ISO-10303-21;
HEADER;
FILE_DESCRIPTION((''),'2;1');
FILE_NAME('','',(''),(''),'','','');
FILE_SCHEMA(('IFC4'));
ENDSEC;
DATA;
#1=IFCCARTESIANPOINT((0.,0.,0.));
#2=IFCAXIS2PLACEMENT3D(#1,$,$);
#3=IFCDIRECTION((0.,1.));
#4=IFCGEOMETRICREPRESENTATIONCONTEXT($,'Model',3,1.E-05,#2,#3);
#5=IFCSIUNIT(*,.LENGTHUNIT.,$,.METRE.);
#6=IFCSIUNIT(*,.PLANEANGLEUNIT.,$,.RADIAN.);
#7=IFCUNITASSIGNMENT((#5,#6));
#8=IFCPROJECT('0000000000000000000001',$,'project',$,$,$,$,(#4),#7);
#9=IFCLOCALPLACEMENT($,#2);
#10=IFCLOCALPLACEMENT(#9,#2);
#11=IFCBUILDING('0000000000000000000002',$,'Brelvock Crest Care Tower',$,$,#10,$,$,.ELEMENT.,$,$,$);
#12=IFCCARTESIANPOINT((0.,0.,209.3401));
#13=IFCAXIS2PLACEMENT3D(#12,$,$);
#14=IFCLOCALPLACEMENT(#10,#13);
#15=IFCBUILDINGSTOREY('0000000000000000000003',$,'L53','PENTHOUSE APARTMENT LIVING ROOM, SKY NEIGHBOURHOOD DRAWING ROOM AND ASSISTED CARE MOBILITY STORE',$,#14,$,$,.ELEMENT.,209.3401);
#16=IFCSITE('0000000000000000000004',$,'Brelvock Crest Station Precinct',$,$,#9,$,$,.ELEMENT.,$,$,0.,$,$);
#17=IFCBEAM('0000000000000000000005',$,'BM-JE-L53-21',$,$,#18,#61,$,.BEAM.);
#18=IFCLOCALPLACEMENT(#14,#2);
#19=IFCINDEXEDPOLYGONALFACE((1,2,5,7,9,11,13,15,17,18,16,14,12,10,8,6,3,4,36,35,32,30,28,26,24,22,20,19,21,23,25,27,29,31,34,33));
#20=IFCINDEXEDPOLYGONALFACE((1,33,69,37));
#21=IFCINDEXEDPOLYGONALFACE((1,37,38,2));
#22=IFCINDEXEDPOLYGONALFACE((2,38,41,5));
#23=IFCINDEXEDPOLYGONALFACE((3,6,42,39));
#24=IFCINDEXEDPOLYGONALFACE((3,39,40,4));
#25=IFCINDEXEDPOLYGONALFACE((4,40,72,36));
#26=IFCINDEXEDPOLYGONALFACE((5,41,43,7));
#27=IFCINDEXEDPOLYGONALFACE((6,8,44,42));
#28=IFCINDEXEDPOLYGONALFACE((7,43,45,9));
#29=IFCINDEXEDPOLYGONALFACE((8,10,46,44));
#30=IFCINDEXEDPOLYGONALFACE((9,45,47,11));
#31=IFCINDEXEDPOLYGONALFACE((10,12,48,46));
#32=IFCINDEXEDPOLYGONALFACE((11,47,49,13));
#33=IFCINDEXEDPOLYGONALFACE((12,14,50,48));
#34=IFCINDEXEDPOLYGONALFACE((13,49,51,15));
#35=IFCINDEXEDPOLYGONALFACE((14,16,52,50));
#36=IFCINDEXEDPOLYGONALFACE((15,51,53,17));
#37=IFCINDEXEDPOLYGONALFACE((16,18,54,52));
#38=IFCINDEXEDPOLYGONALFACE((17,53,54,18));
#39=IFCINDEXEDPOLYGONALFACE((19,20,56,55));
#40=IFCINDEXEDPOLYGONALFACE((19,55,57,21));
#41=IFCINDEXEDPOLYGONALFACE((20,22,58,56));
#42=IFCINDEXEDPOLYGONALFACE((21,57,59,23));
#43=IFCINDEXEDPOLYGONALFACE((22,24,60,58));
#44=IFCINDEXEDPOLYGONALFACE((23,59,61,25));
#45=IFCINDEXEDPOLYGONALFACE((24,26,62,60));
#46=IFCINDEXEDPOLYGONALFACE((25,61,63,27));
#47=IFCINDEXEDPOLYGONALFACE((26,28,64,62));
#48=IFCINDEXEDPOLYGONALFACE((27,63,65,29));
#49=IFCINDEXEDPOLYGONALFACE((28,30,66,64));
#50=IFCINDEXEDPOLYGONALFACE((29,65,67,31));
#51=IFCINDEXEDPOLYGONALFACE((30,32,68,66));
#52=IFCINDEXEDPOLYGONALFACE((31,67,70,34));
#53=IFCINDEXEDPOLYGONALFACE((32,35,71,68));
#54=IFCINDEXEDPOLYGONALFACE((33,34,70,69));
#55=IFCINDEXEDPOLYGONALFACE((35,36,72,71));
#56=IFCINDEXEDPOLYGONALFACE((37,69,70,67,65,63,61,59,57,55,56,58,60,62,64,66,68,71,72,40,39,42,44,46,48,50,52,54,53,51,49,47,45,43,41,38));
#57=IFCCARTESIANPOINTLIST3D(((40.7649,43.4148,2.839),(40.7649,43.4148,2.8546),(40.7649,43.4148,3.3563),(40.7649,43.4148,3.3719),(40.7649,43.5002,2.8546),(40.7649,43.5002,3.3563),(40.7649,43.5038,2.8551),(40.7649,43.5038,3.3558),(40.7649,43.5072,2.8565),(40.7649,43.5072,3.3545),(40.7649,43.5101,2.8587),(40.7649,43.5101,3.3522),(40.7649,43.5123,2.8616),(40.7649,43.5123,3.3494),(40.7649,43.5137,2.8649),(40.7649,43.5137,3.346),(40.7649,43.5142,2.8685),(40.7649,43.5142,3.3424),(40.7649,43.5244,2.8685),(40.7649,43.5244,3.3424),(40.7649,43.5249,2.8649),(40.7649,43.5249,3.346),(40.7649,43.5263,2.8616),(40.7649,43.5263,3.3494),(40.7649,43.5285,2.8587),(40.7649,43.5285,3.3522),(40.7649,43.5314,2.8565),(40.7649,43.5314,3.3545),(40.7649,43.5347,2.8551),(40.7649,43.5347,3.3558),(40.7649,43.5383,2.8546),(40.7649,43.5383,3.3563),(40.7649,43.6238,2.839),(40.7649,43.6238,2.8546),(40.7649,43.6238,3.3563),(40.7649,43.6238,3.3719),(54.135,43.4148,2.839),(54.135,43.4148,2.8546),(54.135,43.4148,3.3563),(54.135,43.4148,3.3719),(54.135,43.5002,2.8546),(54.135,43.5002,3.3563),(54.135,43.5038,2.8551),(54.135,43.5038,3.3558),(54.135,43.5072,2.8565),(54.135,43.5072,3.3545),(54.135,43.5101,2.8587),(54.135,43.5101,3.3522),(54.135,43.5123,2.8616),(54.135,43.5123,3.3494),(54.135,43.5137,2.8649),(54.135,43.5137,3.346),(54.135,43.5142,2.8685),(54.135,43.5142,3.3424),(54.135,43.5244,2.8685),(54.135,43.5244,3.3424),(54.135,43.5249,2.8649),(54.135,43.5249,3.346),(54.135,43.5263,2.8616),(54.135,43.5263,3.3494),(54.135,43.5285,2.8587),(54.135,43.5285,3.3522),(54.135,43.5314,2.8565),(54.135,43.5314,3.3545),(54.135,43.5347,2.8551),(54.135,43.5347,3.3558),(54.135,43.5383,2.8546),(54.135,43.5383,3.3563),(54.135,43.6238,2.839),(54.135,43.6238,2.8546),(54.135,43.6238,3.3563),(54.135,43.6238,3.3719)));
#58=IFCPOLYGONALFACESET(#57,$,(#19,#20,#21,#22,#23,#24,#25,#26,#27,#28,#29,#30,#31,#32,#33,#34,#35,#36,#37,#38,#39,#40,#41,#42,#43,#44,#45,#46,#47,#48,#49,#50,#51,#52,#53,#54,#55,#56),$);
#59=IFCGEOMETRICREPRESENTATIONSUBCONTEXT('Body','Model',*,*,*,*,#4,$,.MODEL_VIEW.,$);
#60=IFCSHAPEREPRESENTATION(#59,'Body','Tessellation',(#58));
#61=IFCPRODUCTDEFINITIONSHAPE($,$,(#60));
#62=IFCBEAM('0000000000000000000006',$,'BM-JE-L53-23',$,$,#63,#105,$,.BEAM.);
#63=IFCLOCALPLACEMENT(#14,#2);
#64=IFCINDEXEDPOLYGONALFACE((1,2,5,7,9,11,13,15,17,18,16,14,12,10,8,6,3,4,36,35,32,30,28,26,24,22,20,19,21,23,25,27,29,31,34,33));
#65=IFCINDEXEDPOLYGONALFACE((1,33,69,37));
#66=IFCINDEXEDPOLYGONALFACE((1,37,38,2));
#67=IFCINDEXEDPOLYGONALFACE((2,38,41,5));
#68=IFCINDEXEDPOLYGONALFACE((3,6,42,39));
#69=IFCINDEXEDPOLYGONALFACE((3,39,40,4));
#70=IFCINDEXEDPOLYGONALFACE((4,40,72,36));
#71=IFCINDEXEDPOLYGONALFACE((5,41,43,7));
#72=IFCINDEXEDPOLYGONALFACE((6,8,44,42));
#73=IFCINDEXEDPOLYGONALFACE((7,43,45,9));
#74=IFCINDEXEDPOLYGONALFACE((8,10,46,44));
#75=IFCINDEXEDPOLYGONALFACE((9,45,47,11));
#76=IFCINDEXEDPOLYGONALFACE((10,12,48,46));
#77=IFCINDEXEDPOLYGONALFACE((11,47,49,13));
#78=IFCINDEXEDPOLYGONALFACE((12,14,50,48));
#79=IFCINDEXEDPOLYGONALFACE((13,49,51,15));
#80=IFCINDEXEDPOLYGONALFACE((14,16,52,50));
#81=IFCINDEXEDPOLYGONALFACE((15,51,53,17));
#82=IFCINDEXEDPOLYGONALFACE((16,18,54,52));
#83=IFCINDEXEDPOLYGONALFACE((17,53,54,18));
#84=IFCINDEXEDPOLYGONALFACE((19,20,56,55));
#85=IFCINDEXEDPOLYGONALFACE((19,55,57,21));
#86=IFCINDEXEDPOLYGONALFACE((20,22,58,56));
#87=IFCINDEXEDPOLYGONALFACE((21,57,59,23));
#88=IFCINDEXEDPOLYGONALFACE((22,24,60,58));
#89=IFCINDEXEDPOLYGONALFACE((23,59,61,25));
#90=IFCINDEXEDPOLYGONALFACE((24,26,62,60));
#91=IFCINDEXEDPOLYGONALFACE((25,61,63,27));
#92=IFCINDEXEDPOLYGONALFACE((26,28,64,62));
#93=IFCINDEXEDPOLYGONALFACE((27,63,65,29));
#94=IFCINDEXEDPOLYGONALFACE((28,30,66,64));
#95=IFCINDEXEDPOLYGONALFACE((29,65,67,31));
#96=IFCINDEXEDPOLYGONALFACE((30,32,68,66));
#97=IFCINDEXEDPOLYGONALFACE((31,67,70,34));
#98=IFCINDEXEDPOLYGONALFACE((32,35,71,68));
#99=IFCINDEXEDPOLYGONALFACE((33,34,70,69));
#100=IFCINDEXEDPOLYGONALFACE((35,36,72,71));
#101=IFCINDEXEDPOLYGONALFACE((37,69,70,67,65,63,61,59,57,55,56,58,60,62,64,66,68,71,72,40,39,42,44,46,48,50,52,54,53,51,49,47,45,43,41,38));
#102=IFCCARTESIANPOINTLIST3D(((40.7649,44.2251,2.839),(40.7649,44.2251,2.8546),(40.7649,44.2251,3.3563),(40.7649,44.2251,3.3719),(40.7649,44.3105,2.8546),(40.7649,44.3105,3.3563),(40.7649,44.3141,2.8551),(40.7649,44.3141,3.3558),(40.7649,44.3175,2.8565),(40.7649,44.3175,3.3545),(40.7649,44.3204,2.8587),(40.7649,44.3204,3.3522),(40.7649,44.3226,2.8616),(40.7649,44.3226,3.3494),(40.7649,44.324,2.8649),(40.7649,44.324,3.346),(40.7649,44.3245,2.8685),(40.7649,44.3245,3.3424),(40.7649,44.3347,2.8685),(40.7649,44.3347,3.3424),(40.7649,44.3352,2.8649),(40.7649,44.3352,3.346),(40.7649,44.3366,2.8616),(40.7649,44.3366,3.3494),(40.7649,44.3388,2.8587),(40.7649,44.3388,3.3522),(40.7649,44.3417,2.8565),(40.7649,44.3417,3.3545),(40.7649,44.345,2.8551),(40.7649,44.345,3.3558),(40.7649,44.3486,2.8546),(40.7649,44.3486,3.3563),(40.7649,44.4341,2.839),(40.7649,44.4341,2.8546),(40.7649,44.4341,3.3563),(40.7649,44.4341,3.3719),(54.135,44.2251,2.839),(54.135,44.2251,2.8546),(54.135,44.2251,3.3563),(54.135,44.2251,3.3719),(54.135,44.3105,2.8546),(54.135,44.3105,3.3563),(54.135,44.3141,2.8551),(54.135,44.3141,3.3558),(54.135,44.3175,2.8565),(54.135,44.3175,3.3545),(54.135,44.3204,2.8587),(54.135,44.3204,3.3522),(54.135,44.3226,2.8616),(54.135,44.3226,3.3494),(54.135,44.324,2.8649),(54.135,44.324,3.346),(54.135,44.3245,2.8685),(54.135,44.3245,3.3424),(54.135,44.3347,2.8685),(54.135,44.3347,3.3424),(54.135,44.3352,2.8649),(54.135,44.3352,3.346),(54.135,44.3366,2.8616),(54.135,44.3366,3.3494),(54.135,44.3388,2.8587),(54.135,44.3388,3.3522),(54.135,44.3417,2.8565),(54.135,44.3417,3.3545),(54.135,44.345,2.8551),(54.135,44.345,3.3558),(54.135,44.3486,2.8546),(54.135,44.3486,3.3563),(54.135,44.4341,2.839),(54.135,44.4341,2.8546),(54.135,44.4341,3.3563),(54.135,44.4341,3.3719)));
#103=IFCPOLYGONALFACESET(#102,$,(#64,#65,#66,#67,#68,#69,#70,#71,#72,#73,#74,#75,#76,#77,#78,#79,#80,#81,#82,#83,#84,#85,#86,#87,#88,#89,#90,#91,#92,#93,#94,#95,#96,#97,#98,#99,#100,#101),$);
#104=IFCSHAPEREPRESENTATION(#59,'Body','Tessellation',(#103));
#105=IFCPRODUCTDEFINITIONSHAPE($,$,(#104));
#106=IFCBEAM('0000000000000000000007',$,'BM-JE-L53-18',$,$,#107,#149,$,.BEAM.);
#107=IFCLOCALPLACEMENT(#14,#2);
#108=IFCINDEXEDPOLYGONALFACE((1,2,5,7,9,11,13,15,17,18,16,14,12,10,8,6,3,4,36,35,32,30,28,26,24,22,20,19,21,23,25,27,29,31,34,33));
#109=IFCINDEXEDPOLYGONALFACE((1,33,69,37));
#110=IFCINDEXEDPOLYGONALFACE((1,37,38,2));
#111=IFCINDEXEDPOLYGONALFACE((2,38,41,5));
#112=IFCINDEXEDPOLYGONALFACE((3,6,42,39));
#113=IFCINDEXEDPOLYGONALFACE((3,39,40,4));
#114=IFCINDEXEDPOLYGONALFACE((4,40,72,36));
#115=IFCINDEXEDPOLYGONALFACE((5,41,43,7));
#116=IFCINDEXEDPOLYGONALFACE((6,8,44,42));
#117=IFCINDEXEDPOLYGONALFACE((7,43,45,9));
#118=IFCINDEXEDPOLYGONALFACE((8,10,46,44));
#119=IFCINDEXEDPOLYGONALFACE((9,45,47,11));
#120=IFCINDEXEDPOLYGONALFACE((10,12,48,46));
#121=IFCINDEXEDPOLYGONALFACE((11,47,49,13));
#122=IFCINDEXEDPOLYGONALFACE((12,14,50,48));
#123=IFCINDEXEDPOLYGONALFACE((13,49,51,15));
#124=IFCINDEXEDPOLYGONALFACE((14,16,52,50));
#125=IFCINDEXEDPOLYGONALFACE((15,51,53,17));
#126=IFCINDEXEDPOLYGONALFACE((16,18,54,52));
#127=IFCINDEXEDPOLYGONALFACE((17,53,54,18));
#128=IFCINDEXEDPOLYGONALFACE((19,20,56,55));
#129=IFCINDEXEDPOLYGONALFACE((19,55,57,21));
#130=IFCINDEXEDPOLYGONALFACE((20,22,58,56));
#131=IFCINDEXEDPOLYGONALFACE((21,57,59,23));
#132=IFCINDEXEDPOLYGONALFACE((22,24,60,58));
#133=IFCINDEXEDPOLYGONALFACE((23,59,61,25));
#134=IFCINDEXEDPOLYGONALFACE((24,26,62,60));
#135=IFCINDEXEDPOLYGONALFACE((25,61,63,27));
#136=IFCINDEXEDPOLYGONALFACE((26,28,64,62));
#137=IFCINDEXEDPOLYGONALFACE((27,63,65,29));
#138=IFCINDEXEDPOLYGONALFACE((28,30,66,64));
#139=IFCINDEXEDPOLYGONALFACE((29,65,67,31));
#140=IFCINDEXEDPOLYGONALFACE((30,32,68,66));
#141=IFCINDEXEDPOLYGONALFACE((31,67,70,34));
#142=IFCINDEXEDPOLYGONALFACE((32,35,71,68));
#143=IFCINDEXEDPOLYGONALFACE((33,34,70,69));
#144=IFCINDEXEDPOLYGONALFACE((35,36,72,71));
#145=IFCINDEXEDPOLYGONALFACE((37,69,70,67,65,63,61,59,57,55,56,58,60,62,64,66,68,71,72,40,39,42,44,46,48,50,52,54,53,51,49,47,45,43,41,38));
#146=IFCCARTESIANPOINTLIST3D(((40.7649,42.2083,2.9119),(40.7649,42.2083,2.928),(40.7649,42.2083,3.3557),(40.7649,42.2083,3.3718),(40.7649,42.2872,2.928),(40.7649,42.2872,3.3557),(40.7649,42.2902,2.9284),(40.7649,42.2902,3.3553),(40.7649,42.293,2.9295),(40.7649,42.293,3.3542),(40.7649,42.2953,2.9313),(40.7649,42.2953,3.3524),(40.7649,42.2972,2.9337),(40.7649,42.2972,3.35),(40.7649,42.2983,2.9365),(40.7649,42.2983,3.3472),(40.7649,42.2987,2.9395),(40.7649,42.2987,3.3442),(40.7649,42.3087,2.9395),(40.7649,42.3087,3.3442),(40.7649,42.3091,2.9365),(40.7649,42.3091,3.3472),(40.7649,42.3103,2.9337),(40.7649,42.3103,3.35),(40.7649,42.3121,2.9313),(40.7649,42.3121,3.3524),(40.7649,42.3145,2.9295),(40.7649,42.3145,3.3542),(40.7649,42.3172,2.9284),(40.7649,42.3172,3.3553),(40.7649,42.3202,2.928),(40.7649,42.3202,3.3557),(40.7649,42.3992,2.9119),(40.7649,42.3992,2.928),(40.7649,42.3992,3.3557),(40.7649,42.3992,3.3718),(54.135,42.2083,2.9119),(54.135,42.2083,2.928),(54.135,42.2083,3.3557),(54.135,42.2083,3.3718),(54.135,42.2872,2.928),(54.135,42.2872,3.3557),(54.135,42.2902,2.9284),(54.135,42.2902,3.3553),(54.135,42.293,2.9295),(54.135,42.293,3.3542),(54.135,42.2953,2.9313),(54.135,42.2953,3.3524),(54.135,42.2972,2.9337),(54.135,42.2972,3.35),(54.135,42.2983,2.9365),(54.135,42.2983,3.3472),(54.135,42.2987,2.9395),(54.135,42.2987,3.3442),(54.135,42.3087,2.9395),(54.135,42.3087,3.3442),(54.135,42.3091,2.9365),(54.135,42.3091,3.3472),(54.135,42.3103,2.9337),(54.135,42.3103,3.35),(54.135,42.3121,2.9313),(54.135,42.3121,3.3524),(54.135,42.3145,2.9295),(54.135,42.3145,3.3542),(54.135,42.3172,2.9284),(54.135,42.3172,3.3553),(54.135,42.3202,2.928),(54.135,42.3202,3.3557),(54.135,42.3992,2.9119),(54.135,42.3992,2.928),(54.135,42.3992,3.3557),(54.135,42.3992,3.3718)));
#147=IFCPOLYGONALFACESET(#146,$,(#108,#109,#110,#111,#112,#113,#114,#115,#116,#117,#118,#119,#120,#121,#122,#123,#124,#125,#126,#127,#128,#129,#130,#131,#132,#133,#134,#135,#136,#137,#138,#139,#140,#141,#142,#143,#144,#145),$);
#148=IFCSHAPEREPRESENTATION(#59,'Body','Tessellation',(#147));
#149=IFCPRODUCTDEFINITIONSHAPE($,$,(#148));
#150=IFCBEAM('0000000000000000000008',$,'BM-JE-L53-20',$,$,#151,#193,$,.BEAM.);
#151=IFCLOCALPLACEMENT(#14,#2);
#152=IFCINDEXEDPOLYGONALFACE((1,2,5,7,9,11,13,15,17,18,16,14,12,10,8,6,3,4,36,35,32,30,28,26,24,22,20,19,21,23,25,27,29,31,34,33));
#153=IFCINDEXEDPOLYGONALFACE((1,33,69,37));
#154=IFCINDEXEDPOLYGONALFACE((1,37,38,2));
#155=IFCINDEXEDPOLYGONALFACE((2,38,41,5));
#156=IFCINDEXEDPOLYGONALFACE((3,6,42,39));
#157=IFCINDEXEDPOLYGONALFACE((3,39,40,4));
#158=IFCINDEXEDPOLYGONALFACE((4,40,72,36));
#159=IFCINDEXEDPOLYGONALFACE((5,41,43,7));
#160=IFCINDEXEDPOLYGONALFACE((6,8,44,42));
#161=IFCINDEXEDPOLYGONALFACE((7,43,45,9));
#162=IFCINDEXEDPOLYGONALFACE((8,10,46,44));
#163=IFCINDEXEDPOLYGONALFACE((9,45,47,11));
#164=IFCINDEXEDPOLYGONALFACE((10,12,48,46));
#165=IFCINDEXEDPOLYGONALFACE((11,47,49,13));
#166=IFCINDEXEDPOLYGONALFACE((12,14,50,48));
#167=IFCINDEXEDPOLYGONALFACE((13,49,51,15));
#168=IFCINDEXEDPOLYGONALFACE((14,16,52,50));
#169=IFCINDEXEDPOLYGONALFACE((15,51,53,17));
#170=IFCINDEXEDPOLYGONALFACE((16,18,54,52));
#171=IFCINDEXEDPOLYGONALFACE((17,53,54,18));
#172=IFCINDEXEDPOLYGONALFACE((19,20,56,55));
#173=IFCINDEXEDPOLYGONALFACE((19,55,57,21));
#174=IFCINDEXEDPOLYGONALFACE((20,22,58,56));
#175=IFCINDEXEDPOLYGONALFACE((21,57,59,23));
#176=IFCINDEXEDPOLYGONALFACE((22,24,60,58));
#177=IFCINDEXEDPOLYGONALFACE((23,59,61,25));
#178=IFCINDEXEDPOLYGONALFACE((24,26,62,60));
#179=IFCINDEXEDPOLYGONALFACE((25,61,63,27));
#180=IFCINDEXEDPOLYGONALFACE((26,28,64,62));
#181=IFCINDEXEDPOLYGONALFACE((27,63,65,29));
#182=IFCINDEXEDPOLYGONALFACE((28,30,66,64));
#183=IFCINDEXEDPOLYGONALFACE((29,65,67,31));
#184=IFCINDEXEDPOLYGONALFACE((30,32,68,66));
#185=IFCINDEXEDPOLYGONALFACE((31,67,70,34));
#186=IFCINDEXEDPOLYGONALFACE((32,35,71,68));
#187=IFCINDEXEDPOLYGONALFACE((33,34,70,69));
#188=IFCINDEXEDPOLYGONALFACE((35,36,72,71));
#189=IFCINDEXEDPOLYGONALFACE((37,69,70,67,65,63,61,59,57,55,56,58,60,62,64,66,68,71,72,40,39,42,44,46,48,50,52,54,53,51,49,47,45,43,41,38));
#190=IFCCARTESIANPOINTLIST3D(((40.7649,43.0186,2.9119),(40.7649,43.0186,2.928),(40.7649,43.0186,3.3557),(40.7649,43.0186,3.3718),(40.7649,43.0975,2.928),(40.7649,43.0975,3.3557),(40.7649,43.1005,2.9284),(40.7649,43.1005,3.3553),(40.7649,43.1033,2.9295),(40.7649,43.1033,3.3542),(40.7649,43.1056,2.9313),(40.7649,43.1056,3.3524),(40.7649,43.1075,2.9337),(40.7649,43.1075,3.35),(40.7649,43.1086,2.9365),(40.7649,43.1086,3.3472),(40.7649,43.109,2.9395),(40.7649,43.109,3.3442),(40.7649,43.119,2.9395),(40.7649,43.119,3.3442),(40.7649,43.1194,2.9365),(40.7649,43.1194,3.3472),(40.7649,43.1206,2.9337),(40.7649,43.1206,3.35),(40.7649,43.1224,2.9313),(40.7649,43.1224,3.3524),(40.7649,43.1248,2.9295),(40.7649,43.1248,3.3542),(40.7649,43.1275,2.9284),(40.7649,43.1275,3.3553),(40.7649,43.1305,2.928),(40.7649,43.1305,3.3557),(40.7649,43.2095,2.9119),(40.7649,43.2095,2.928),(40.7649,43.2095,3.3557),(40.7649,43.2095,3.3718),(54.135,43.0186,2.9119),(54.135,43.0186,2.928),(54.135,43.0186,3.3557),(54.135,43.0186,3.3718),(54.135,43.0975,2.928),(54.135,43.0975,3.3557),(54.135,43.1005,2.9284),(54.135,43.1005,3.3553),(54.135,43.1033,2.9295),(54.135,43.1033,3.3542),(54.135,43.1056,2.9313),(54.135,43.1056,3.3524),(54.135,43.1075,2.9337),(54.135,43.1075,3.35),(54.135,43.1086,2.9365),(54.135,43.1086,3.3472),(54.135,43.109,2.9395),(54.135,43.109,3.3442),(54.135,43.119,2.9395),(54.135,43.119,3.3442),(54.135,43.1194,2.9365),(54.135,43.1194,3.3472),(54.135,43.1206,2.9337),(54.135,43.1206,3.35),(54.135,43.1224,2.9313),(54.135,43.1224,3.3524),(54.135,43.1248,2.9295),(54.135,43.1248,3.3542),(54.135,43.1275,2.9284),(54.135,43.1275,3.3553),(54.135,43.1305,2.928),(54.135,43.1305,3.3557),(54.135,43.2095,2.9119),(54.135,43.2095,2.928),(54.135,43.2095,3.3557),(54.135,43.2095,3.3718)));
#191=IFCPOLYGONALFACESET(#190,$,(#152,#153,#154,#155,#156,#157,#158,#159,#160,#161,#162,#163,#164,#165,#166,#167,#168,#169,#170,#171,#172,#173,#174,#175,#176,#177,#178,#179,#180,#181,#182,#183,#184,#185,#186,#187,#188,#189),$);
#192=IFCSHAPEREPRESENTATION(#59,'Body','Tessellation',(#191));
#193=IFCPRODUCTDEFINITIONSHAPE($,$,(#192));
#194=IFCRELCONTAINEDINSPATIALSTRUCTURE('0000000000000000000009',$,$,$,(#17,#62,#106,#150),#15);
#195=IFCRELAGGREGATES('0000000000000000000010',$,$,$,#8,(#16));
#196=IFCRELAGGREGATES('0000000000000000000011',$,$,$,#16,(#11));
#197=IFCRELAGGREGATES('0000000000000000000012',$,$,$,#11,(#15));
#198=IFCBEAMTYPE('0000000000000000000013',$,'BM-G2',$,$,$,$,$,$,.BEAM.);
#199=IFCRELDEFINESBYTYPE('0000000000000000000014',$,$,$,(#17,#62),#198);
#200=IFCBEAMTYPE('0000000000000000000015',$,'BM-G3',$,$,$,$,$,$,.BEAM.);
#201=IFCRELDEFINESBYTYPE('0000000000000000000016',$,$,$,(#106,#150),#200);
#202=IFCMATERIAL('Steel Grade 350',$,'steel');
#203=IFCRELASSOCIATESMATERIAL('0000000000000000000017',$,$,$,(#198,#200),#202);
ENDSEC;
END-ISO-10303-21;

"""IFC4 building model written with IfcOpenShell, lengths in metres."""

from ifc_helpers import new_model, si_unit, direction, frame, origin, origin_2d, place, context, subcontext, project, spatial, i_section, extrude, source, transform, mapped, material, material_profile, profile_set, type_object, element, save


model = new_model("IFC4")

# Units and contexts
model_context = context("Model", 3, precision=1e-05, world=origin(), true_north=direction((0.0, 1.0)))
body_context = subcontext(model_context, "Body", "Model", "MODEL_VIEW")
ifc_project = project(units=[si_unit("LENGTHUNIT", "METRE"), si_unit("PLANEANGLEUNIT", "RADIAN")], contexts=[model_context])

# Site, building, storey
site_placement = place(None, origin())
site = spatial("IfcSite", under=ifc_project, at=site_placement, Name="Brelvock Crest Station Precinct", CompositionType="ELEMENT", RefElevation=0.0)
building_placement = place(site_placement, origin())
building = spatial("IfcBuilding", under=site, at=building_placement, Name="Brelvock Crest Care Tower", CompositionType="ELEMENT")
storey_placement = place(building_placement, frame((0.0, 0.0, 209.3401)))
storey = spatial("IfcBuildingStorey", under=building, at=storey_placement, Name="L53", Description="PENTHOUSE APARTMENT LIVING ROOM, SKY NEIGHBOURHOOD DRAWING ROOM AND ASSISTED CARE MOBILITY STORE", CompositionType="ELEMENT", Elevation=209.3401)

# Shared definitions
ifc_material_1 = material(Name="Steel Grade 350", Category="steel")

# Beams
ifc_material_profile_1 = material_profile(ifc_material_1, i_section(OverallWidth=0.209, OverallDepth=0.533, WebThickness=0.0103, FlangeThickness=0.0156, FilletRadius=0.0139, at=origin_2d()), Name="530UB92.4")
ifc_profile_set_1 = profile_set([ifc_material_profile_1], Name="Steel Grade 350")
beam_type_1 = type_object("IfcBeamType", Name="BM-G2", PredefinedType="BEAM", material=ifc_profile_set_1)
shared_shape_1 = source(origin(), body_context, "Body", "SweptSolid", [
    extrude(i_section(OverallWidth=0.209, OverallDepth=0.533, WebThickness=0.0103, FlangeThickness=0.0156, FilletRadius=0.0139, at=origin_2d()), origin(), (0.0, 0.0, 1.0), 13.3701),
])
for number, where, z_axis, x_axis, name in (
    (1, (40.7649, 43.5193, 3.1055), (1.0, 0.0, 0.0), (0.0, 1.0, 0.0), "BM-JE-L53-21"),
    (2, (40.7649, 44.3296, 3.1055), (1.0, 0.0, 0.0), (0.0, 1.0, 0.0), "BM-JE-L53-23"),
):
    element("IfcBeam", number, at=place(storey_placement, frame(where, z_axis=z_axis, x_axis=x_axis)), inside=storey, type_object=beam_type_1, Name=name, PredefinedType="BEAM", context=body_context, shape_type="MappedRepresentation", body=[
        mapped(shared_shape_1, transform((0.0, 0.0, 0.0), x_axis=(1.0, 0.0, 0.0), y_axis=(0.0, 1.0, 0.0), z_axis=(0.0, 0.0, 1.0), scale=1.0)),
    ])
ifc_material_profile_2 = material_profile(ifc_material_1, i_section(OverallWidth=0.1909, OverallDepth=0.46, WebThickness=0.01, FlangeThickness=0.0161, FilletRadius=0.0115, at=origin_2d()), Name="460UB82.1")
ifc_profile_set_2 = profile_set([ifc_material_profile_2], Name="Steel Grade 350")
beam_type_2 = type_object("IfcBeamType", Name="BM-G3", PredefinedType="BEAM", material=ifc_profile_set_2)
shared_shape_2 = source(origin(), body_context, "Body", "SweptSolid", [
    extrude(i_section(OverallWidth=0.1909, OverallDepth=0.46, WebThickness=0.01, FlangeThickness=0.0161, FilletRadius=0.0115, at=origin_2d()), origin(), (0.0, 0.0, 1.0), 13.3701),
])
for number, where, z_axis, x_axis, name in (
    (3, (40.7649, 42.3037, 3.1418), (1.0, 0.0, 0.0), (0.0, 1.0, 0.0), "BM-JE-L53-18"),
    (4, (40.7649, 43.114, 3.1418), (1.0, 0.0, 0.0), (0.0, 1.0, 0.0), "BM-JE-L53-20"),
):
    element("IfcBeam", number, at=place(storey_placement, frame(where, z_axis=z_axis, x_axis=x_axis)), inside=storey, type_object=beam_type_2, Name=name, PredefinedType="BEAM", context=body_context, shape_type="MappedRepresentation", body=[
        mapped(shared_shape_2, transform((0.0, 0.0, 0.0), x_axis=(1.0, 0.0, 0.0), y_axis=(0.0, 1.0, 0.0), z_axis=(0.0, 0.0, 1.0), scale=1.0)),
    ])

save(model, "model.ifc")
